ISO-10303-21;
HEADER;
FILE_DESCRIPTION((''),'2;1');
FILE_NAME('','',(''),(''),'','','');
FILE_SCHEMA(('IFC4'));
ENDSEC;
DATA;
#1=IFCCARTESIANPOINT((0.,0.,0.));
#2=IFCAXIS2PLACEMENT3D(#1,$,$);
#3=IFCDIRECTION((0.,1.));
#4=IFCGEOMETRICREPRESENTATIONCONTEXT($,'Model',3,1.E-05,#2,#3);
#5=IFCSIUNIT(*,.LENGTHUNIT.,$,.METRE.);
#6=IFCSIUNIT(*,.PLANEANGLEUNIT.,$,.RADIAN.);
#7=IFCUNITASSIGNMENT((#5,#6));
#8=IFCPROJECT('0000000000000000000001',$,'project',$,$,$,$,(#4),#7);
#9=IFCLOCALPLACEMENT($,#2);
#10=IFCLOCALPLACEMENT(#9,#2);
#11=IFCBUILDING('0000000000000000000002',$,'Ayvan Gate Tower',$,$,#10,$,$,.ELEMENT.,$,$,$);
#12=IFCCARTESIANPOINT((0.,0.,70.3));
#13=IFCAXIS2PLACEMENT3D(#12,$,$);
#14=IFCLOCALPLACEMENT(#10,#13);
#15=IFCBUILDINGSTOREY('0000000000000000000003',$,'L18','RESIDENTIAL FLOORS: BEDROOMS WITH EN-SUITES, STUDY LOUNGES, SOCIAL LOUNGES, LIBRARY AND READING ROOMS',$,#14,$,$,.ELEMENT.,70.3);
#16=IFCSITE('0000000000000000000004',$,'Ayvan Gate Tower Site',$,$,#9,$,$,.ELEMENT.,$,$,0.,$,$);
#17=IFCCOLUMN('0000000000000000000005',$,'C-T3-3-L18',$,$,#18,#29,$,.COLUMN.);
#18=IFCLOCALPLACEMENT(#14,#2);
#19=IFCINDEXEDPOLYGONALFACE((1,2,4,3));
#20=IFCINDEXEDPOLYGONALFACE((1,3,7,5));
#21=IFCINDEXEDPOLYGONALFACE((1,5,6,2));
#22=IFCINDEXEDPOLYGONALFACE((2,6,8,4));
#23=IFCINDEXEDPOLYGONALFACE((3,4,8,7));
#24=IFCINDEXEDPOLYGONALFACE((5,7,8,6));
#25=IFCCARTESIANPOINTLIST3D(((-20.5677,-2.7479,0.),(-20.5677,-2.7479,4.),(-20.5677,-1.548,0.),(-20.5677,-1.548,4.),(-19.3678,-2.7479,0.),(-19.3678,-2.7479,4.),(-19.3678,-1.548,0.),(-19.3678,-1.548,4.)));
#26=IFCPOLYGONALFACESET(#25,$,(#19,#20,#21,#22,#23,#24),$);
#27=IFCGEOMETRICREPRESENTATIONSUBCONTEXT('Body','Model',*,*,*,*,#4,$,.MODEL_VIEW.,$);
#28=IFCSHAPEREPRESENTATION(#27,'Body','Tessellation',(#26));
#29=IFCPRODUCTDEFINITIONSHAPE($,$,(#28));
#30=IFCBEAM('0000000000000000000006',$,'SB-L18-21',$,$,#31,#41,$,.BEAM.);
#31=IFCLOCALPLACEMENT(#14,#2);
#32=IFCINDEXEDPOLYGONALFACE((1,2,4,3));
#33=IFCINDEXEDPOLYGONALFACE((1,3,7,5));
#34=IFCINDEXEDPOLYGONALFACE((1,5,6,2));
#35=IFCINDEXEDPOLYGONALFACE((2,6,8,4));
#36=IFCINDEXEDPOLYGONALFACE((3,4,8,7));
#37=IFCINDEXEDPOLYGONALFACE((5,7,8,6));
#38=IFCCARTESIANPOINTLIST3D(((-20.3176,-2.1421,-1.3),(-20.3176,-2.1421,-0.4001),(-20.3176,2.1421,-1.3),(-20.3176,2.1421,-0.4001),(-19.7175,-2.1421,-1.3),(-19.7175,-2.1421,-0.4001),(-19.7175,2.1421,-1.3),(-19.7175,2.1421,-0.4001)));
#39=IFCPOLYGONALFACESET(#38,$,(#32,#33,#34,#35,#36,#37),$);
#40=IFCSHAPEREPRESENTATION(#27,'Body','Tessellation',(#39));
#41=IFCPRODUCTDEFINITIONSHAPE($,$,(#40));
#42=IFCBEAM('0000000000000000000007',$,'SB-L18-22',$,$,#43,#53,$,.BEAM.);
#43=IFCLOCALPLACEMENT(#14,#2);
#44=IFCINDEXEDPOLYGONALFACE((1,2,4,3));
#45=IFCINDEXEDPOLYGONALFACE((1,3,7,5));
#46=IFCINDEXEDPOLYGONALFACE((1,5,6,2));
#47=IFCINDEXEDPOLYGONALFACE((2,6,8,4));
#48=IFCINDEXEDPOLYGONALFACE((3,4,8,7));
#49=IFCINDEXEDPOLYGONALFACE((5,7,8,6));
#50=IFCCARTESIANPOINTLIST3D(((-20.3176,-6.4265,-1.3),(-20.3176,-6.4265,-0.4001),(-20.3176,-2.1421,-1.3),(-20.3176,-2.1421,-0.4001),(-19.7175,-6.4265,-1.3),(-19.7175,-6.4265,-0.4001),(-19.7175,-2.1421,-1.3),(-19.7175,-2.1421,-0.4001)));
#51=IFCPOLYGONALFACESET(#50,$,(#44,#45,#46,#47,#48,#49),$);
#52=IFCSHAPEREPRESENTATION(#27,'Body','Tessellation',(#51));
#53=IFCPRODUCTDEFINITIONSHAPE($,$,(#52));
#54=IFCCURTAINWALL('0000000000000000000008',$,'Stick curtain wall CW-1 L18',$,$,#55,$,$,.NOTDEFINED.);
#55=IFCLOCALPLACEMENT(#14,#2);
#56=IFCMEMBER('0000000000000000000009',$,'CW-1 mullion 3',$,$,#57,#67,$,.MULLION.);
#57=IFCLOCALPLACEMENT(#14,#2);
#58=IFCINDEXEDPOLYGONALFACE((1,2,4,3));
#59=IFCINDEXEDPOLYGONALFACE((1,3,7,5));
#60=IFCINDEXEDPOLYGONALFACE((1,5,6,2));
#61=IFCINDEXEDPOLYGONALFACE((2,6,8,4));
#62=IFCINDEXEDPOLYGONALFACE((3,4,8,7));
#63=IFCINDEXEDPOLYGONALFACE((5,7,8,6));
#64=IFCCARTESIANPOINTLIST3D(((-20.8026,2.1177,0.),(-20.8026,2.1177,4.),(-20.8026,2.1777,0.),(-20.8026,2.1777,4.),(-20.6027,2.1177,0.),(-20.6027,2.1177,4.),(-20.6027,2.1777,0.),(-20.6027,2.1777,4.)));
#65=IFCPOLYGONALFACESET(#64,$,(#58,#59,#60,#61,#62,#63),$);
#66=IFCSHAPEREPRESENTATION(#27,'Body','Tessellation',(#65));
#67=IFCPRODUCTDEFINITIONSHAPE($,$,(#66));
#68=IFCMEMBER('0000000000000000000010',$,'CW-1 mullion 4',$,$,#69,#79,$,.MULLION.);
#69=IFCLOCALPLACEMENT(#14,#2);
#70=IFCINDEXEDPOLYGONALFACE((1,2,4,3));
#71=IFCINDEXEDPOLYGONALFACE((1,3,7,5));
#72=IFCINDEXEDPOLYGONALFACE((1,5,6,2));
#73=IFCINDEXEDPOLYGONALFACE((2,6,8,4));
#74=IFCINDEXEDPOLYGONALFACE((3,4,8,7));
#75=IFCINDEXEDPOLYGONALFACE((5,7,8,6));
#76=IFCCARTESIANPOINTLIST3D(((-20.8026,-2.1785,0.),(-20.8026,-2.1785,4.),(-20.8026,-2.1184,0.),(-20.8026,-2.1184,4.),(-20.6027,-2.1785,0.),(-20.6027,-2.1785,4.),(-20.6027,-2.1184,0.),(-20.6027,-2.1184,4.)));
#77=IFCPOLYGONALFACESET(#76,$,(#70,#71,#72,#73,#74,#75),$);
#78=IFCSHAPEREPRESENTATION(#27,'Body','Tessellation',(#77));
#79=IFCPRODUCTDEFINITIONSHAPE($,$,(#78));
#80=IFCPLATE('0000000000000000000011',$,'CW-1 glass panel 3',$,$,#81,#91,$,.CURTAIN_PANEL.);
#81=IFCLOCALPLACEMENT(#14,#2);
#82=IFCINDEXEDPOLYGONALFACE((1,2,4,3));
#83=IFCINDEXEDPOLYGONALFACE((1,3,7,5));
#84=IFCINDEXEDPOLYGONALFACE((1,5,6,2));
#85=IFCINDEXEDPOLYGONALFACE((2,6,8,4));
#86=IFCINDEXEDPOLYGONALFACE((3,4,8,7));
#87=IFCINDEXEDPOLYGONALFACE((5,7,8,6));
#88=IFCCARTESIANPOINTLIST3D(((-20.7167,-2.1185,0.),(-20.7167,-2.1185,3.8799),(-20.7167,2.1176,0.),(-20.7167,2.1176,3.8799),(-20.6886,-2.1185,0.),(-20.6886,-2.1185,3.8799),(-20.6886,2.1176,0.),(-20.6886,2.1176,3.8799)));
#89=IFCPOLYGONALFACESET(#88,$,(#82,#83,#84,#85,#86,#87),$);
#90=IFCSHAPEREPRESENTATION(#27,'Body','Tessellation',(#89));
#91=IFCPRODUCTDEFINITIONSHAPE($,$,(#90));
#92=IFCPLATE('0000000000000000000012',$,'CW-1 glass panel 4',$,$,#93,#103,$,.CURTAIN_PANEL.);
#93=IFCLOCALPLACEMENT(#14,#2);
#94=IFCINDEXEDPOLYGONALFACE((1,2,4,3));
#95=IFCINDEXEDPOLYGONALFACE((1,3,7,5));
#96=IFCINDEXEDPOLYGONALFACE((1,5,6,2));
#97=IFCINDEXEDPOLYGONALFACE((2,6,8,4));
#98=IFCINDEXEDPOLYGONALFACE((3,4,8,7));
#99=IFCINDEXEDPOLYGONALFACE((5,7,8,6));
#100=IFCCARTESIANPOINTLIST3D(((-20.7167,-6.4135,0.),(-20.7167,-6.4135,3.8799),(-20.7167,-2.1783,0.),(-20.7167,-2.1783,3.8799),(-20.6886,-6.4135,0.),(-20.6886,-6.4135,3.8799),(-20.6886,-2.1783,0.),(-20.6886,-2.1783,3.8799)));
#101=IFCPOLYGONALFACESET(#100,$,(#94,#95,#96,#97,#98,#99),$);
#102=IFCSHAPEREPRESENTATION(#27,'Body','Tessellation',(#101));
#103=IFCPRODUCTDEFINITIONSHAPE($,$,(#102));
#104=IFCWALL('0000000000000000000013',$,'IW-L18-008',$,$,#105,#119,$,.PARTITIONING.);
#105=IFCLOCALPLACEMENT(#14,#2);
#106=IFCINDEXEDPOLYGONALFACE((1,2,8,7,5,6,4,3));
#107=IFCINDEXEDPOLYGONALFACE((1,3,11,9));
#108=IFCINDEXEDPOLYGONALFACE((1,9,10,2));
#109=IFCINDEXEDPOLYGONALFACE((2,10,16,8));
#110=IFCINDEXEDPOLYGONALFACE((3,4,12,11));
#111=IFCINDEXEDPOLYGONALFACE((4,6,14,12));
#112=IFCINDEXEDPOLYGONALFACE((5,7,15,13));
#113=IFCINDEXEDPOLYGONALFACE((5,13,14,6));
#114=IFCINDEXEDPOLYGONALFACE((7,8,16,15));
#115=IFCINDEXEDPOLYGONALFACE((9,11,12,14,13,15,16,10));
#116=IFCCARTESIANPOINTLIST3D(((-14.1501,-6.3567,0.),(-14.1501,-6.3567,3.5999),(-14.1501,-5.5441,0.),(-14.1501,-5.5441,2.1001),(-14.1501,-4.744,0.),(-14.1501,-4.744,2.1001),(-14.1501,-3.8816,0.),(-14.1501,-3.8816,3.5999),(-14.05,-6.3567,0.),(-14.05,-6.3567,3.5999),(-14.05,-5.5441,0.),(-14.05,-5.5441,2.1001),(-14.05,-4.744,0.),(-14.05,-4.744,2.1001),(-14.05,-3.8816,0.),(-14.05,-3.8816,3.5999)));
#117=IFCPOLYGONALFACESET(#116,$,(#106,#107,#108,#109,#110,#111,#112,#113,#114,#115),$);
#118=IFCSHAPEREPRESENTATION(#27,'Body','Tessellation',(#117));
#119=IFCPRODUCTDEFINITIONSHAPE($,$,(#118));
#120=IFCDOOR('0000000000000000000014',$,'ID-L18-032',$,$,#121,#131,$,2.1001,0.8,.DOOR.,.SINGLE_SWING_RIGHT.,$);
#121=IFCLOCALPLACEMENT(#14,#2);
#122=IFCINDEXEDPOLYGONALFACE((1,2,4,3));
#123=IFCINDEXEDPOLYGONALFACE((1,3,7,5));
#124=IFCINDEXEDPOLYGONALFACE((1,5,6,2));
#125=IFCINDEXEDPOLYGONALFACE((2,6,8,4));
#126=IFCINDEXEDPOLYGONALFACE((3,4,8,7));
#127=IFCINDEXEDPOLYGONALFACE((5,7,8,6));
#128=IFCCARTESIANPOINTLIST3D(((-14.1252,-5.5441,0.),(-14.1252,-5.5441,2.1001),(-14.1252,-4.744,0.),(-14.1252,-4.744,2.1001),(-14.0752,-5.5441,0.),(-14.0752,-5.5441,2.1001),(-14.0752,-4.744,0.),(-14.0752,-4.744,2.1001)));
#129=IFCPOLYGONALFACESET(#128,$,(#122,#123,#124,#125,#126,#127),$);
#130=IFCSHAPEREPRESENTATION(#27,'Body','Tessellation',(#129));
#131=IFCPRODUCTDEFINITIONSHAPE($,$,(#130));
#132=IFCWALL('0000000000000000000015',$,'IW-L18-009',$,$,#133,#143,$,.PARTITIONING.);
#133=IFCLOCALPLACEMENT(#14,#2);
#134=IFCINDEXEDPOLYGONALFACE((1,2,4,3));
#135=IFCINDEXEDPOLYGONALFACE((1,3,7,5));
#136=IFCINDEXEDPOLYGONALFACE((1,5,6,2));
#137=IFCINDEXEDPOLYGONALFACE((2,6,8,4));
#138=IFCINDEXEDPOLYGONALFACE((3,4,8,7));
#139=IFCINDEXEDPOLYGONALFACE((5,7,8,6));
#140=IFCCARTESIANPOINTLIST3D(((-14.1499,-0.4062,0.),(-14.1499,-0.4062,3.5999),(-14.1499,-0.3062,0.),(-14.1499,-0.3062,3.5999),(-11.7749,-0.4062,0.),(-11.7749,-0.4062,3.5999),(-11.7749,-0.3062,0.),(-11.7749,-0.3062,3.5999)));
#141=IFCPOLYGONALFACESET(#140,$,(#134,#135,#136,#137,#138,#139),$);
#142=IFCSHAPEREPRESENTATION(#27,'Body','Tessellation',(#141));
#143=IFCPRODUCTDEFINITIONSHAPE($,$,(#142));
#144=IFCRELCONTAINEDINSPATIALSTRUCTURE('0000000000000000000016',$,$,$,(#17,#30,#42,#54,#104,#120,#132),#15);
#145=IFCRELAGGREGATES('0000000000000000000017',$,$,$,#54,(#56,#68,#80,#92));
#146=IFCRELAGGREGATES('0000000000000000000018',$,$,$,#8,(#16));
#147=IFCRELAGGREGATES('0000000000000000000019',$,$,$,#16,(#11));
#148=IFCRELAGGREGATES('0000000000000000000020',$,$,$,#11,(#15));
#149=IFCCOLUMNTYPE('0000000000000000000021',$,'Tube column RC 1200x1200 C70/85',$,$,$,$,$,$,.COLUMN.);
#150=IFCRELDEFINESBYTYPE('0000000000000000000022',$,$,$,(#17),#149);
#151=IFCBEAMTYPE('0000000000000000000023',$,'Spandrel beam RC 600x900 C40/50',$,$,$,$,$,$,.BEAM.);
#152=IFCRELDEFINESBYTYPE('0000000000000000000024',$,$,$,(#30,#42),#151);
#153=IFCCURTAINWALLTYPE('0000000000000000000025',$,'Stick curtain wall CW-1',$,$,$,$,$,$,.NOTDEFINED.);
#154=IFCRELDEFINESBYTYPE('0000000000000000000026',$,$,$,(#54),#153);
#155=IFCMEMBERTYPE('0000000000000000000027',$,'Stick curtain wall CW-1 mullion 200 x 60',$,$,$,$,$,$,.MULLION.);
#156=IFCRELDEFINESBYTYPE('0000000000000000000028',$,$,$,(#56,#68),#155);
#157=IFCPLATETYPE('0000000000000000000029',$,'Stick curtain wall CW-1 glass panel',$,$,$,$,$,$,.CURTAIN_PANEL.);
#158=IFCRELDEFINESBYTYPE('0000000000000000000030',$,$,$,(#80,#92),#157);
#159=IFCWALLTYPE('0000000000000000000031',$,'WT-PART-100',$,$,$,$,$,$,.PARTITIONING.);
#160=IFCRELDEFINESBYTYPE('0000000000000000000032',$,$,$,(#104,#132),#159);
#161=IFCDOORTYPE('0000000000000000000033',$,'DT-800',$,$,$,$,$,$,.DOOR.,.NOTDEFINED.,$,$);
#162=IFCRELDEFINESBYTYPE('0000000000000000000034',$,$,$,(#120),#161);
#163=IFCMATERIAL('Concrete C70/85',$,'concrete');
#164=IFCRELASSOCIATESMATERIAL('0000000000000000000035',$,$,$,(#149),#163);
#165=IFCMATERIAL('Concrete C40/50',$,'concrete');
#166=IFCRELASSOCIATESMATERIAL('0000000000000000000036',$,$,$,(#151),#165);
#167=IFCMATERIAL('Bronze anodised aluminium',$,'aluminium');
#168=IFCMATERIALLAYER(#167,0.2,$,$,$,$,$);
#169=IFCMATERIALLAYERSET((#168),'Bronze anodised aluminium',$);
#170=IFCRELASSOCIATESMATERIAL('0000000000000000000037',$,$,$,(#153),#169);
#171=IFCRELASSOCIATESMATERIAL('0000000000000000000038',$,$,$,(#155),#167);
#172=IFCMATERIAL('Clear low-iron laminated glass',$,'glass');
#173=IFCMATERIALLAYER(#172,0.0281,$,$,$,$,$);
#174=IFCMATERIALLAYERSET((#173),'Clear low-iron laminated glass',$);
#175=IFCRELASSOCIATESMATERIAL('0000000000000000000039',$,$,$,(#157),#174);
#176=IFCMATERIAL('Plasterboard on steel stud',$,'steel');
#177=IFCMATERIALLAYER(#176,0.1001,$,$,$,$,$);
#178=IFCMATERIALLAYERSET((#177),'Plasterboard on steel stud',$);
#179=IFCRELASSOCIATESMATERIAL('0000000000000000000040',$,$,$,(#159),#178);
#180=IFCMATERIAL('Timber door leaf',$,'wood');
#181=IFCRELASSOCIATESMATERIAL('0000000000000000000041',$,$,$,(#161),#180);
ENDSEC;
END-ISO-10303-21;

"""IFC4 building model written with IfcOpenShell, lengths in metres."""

from ifc_helpers import new_model, si_unit, direction, frame, frame_2d, origin, origin_2d, place, context, subcontext, project, spatial, rectangle, extrude, material, layer, layer_set, material_profile, profile_set, type_object, element, fill, aggregate, save


model = new_model("IFC4")

# Units and contexts
model_context = context("Model", 3, precision=1e-05, world=origin(), true_north=direction((0.0, 1.0)))
body_context = subcontext(model_context, "Body", "Model", "MODEL_VIEW")
ifc_project = project(units=[si_unit("LENGTHUNIT", "METRE"), si_unit("PLANEANGLEUNIT", "RADIAN")], contexts=[model_context])

# Site, building, storey
site_placement = place(None, origin())
site = spatial("IfcSite", under=ifc_project, at=site_placement, Name="Ayvan Gate Tower Site", CompositionType="ELEMENT", RefElevation=0.0)
building_placement = place(site_placement, origin())
building = spatial("IfcBuilding", under=site, at=building_placement, Name="Ayvan Gate Tower", CompositionType="ELEMENT")
storey_placement = place(building_placement, frame((0.0, 0.0, 70.3)))
storey = spatial("IfcBuildingStorey", under=building, at=storey_placement, Name="L18", Description="RESIDENTIAL FLOORS: BEDROOMS WITH EN-SUITES, STUDY LOUNGES, SOCIAL LOUNGES, LIBRARY AND READING ROOMS", CompositionType="ELEMENT", Elevation=70.3)

# Column
ifc_material_1 = material(Name="Concrete C70/85", Category="concrete")
ifc_material_profile_1 = material_profile(ifc_material_1, rectangle(XDim=1.2, YDim=1.2, at=origin_2d()), Name="RC 1200x1200")
ifc_profile_set_1 = profile_set([ifc_material_profile_1], Name="Concrete C70/85")
column_type = type_object("IfcColumnType", Name="Tube column RC 1200x1200 C70/85", PredefinedType="COLUMN", material=ifc_profile_set_1)
column_placement = place(storey_placement, frame((-19.9678, -2.1479, 0.0), z_axis=(0.0, 0.0, 1.0), x_axis=(-1.0, 0.0, 0.0)))
element("IfcColumn", 1, at=column_placement, inside=storey, type_object=column_type, Name="C-T3-3-L18", PredefinedType="COLUMN", context=body_context, shape_type="SweptSolid", body=[
    extrude(rectangle(XDim=1.2, YDim=1.2, at=origin_2d()), origin(), (0.0, 0.0, 1.0), 4.0),
])

# Beams
ifc_material_2 = material(Name="Concrete C40/50", Category="concrete")
ifc_material_profile_2 = material_profile(ifc_material_2, rectangle(XDim=0.6001, YDim=0.8999, at=origin_2d()), Name="RC 600x900")
ifc_profile_set_2 = profile_set([ifc_material_profile_2], Name="Concrete C40/50")
beam_type = type_object("IfcBeamType", Name="Spandrel beam RC 600x900 C40/50", PredefinedType="BEAM", material=ifc_profile_set_2)
beam_1_placement = place(storey_placement, frame((-20.0176, 2.1421, -0.8501), z_axis=(0.0, -1.0, 0.0), x_axis=(1.0, 0.0, 0.0)))
element("IfcBeam", 2, at=beam_1_placement, inside=storey, type_object=beam_type, Name="SB-L18-21", PredefinedType="BEAM", context=body_context, shape_type="SweptSolid", body=[
    extrude(rectangle(XDim=0.6001, YDim=0.8999, at=origin_2d()), origin(), (0.0, 0.0, 1.0), 4.2842),
])
beam_2_placement = place(storey_placement, frame((-20.0176, -2.1421, -0.8501), z_axis=(0.0, -1.0, 0.0), x_axis=(1.0, 0.0, 0.0)))
element("IfcBeam", 3, at=beam_2_placement, inside=storey, type_object=beam_type, Name="SB-L18-22", PredefinedType="BEAM", context=body_context, shape_type="SweptSolid", body=[
    extrude(rectangle(XDim=0.6001, YDim=0.8999, at=origin_2d()), origin(), (0.0, 0.0, 1.0), 4.2844),
])

# Curtain wall, members, plates
ifc_material_3 = material(Name="Bronze anodised aluminium", Category="aluminium")
ifc_layer_1 = layer(ifc_material_3, 0.2)
ifc_layer_set_1 = layer_set([ifc_layer_1], Name="Bronze anodised aluminium")
curtain_wall_type = type_object("IfcCurtainWallType", Name="Stick curtain wall CW-1", PredefinedType="NOTDEFINED", material=ifc_layer_set_1)
curtain_wall_placement = place(storey_placement, origin())
curtain_wall = element("IfcCurtainWall", 4, at=curtain_wall_placement, inside=storey, type_object=curtain_wall_type, Name="Stick curtain wall CW-1 L18", PredefinedType="NOTDEFINED")
ifc_material_profile_3 = material_profile(ifc_material_3, rectangle(XDim=0.2, YDim=0.0601, at=origin_2d()), Name="Stick curtain wall CW-1 mullion 200 x 60")
ifc_profile_set_3 = profile_set([ifc_material_profile_3], Name="Bronze anodised aluminium")
member_type = type_object("IfcMemberType", Name="Stick curtain wall CW-1 mullion 200 x 60", PredefinedType="MULLION", material=ifc_profile_set_3)
member_1_placement = place(storey_placement, frame((-20.7026, 2.1477, 0.0), z_axis=(0.0, 0.0, 1.0), x_axis=(-1.0, 0.0, 0.0)))
member_1 = element("IfcMember", 5, at=member_1_placement, type_object=member_type, Name="CW-1 mullion 3", PredefinedType="MULLION", context=body_context, shape_type="SweptSolid", body=[
    extrude(rectangle(XDim=0.2, YDim=0.0601, at=origin_2d()), origin(), (0.0, 0.0, 1.0), 4.0),
])
member_2_placement = place(storey_placement, frame((-20.7026, -2.1484, 0.0), z_axis=(0.0, 0.0, 1.0), x_axis=(-1.0, 0.0, 0.0)))
member_2 = element("IfcMember", 6, at=member_2_placement, type_object=member_type, Name="CW-1 mullion 4", PredefinedType="MULLION", context=body_context, shape_type="SweptSolid", body=[
    extrude(rectangle(XDim=0.2, YDim=0.0601, at=origin_2d()), origin(), (0.0, 0.0, 1.0), 4.0),
])
ifc_material_4 = material(Name="Clear low-iron laminated glass", Category="glass")
ifc_layer_2 = layer(ifc_material_4, 0.0281)
ifc_layer_set_2 = layer_set([ifc_layer_2], Name="Clear low-iron laminated glass")
plate_type = type_object("IfcPlateType", Name="Stick curtain wall CW-1 glass panel", PredefinedType="CURTAIN_PANEL", material=ifc_layer_set_2)
plate_1_placement = place(storey_placement, frame((-20.7026, -0.0005, 0.0), z_axis=(0.0, 0.0, 1.0), x_axis=(0.0, -1.0, 0.0)))
plate_1 = element("IfcPlate", 7, at=plate_1_placement, type_object=plate_type, Name="CW-1 glass panel 3", PredefinedType="CURTAIN_PANEL", context=body_context, shape_type="SweptSolid", body=[
    extrude(rectangle(XDim=4.2361, YDim=0.0281, at=origin_2d()), origin(), (0.0, 0.0, 1.0), 3.8799),
])
plate_2_placement = place(storey_placement, frame((-20.7026, -4.2959, 0.0), z_axis=(0.0, 0.0, 1.0), x_axis=(0.0, -1.0, 0.0)))
plate_2 = element("IfcPlate", 8, at=plate_2_placement, type_object=plate_type, Name="CW-1 glass panel 4", PredefinedType="CURTAIN_PANEL", context=body_context, shape_type="SweptSolid", body=[
    extrude(rectangle(XDim=4.2351, YDim=0.0281, at=origin_2d()), origin(), (0.0, 0.0, 1.0), 3.8799),
])
aggregate(curtain_wall, [member_1, member_2, plate_1, plate_2])

# Wall, opening, door
ifc_material_5 = material(Name="Plasterboard on steel stud", Category="steel")
ifc_layer_3 = layer(ifc_material_5, 0.1001)
ifc_layer_set_3 = layer_set([ifc_layer_3], Name="Plasterboard on steel stud")
wall_type = type_object("IfcWallType", Name="WT-PART-100", PredefinedType="PARTITIONING", material=ifc_layer_set_3)
wall_1_placement = place(storey_placement, frame((-14.1001, -3.8816, 0.0), z_axis=(0.0, 0.0, 1.0), x_axis=(0.0, -1.0, 0.0)))
wall_1 = element("IfcWall", 9, at=wall_1_placement, inside=storey, type_object=wall_type, Name="IW-L18-008", PredefinedType="PARTITIONING", context=body_context, shape_type="SweptSolid", body=[
    extrude(rectangle(XDim=2.4751, YDim=0.1001, at=frame_2d((1.2375, 0.0))), origin(), (0.0, 0.0, 1.0), 3.5999),
])
opening_1_placement = place(wall_1_placement, frame((0.8625, 0.0, 0.0)))
opening_1 = element("IfcOpeningElement", 10, at=opening_1_placement, cuts=wall_1, PredefinedType="OPENING", context=body_context, shape_type="SweptSolid", body=[
    extrude(rectangle(XDim=0.8, YDim=2.1001, at=frame_2d((0.3999, 1.05))), frame((0.0, 0.0601, 0.0), z_axis=(0.0, -1.0, 0.0), x_axis=(1.0, 0.0, 0.0)), (0.0, 0.0, 1.0), 0.1201),
])
ifc_material_6 = material(Name="Timber door leaf", Category="wood")
door_type = type_object("IfcDoorType", Name="DT-800", OperationType="NOTDEFINED", PredefinedType="DOOR", material=ifc_material_6)
door_1_placement = place(opening_1_placement, origin())
door_1 = element("IfcDoor", 11, at=door_1_placement, inside=storey, type_object=door_type, Name="ID-L18-032", OperationType="SINGLE_SWING_RIGHT", OverallHeight=2.1001, OverallWidth=0.8, PredefinedType="DOOR", context=body_context, shape_type="SweptSolid", body=[
    extrude(rectangle(XDim=0.8, YDim=2.1001, at=frame_2d((0.3999, 1.05))), frame((0.0, 0.0249, 0.0), z_axis=(0.0, -1.0, 0.0), x_axis=(1.0, 0.0, 0.0)), (0.0, 0.0, 1.0), 0.05),
])
fill(opening_1, door_1)

# Wall
wall_2_placement = place(storey_placement, frame((-14.1499, -0.3562, 0.0), z_axis=(0.0, 0.0, 1.0), x_axis=(1.0, 0.0, 0.0)))
element("IfcWall", 12, at=wall_2_placement, inside=storey, type_object=wall_type, Name="IW-L18-009", PredefinedType="PARTITIONING", context=body_context, shape_type="SweptSolid", body=[
    extrude(rectangle(XDim=2.375, YDim=0.1001, at=frame_2d((1.1875, 0.0))), origin(), (0.0, 0.0, 1.0), 3.5999),
])

save(model, "model.ifc")
